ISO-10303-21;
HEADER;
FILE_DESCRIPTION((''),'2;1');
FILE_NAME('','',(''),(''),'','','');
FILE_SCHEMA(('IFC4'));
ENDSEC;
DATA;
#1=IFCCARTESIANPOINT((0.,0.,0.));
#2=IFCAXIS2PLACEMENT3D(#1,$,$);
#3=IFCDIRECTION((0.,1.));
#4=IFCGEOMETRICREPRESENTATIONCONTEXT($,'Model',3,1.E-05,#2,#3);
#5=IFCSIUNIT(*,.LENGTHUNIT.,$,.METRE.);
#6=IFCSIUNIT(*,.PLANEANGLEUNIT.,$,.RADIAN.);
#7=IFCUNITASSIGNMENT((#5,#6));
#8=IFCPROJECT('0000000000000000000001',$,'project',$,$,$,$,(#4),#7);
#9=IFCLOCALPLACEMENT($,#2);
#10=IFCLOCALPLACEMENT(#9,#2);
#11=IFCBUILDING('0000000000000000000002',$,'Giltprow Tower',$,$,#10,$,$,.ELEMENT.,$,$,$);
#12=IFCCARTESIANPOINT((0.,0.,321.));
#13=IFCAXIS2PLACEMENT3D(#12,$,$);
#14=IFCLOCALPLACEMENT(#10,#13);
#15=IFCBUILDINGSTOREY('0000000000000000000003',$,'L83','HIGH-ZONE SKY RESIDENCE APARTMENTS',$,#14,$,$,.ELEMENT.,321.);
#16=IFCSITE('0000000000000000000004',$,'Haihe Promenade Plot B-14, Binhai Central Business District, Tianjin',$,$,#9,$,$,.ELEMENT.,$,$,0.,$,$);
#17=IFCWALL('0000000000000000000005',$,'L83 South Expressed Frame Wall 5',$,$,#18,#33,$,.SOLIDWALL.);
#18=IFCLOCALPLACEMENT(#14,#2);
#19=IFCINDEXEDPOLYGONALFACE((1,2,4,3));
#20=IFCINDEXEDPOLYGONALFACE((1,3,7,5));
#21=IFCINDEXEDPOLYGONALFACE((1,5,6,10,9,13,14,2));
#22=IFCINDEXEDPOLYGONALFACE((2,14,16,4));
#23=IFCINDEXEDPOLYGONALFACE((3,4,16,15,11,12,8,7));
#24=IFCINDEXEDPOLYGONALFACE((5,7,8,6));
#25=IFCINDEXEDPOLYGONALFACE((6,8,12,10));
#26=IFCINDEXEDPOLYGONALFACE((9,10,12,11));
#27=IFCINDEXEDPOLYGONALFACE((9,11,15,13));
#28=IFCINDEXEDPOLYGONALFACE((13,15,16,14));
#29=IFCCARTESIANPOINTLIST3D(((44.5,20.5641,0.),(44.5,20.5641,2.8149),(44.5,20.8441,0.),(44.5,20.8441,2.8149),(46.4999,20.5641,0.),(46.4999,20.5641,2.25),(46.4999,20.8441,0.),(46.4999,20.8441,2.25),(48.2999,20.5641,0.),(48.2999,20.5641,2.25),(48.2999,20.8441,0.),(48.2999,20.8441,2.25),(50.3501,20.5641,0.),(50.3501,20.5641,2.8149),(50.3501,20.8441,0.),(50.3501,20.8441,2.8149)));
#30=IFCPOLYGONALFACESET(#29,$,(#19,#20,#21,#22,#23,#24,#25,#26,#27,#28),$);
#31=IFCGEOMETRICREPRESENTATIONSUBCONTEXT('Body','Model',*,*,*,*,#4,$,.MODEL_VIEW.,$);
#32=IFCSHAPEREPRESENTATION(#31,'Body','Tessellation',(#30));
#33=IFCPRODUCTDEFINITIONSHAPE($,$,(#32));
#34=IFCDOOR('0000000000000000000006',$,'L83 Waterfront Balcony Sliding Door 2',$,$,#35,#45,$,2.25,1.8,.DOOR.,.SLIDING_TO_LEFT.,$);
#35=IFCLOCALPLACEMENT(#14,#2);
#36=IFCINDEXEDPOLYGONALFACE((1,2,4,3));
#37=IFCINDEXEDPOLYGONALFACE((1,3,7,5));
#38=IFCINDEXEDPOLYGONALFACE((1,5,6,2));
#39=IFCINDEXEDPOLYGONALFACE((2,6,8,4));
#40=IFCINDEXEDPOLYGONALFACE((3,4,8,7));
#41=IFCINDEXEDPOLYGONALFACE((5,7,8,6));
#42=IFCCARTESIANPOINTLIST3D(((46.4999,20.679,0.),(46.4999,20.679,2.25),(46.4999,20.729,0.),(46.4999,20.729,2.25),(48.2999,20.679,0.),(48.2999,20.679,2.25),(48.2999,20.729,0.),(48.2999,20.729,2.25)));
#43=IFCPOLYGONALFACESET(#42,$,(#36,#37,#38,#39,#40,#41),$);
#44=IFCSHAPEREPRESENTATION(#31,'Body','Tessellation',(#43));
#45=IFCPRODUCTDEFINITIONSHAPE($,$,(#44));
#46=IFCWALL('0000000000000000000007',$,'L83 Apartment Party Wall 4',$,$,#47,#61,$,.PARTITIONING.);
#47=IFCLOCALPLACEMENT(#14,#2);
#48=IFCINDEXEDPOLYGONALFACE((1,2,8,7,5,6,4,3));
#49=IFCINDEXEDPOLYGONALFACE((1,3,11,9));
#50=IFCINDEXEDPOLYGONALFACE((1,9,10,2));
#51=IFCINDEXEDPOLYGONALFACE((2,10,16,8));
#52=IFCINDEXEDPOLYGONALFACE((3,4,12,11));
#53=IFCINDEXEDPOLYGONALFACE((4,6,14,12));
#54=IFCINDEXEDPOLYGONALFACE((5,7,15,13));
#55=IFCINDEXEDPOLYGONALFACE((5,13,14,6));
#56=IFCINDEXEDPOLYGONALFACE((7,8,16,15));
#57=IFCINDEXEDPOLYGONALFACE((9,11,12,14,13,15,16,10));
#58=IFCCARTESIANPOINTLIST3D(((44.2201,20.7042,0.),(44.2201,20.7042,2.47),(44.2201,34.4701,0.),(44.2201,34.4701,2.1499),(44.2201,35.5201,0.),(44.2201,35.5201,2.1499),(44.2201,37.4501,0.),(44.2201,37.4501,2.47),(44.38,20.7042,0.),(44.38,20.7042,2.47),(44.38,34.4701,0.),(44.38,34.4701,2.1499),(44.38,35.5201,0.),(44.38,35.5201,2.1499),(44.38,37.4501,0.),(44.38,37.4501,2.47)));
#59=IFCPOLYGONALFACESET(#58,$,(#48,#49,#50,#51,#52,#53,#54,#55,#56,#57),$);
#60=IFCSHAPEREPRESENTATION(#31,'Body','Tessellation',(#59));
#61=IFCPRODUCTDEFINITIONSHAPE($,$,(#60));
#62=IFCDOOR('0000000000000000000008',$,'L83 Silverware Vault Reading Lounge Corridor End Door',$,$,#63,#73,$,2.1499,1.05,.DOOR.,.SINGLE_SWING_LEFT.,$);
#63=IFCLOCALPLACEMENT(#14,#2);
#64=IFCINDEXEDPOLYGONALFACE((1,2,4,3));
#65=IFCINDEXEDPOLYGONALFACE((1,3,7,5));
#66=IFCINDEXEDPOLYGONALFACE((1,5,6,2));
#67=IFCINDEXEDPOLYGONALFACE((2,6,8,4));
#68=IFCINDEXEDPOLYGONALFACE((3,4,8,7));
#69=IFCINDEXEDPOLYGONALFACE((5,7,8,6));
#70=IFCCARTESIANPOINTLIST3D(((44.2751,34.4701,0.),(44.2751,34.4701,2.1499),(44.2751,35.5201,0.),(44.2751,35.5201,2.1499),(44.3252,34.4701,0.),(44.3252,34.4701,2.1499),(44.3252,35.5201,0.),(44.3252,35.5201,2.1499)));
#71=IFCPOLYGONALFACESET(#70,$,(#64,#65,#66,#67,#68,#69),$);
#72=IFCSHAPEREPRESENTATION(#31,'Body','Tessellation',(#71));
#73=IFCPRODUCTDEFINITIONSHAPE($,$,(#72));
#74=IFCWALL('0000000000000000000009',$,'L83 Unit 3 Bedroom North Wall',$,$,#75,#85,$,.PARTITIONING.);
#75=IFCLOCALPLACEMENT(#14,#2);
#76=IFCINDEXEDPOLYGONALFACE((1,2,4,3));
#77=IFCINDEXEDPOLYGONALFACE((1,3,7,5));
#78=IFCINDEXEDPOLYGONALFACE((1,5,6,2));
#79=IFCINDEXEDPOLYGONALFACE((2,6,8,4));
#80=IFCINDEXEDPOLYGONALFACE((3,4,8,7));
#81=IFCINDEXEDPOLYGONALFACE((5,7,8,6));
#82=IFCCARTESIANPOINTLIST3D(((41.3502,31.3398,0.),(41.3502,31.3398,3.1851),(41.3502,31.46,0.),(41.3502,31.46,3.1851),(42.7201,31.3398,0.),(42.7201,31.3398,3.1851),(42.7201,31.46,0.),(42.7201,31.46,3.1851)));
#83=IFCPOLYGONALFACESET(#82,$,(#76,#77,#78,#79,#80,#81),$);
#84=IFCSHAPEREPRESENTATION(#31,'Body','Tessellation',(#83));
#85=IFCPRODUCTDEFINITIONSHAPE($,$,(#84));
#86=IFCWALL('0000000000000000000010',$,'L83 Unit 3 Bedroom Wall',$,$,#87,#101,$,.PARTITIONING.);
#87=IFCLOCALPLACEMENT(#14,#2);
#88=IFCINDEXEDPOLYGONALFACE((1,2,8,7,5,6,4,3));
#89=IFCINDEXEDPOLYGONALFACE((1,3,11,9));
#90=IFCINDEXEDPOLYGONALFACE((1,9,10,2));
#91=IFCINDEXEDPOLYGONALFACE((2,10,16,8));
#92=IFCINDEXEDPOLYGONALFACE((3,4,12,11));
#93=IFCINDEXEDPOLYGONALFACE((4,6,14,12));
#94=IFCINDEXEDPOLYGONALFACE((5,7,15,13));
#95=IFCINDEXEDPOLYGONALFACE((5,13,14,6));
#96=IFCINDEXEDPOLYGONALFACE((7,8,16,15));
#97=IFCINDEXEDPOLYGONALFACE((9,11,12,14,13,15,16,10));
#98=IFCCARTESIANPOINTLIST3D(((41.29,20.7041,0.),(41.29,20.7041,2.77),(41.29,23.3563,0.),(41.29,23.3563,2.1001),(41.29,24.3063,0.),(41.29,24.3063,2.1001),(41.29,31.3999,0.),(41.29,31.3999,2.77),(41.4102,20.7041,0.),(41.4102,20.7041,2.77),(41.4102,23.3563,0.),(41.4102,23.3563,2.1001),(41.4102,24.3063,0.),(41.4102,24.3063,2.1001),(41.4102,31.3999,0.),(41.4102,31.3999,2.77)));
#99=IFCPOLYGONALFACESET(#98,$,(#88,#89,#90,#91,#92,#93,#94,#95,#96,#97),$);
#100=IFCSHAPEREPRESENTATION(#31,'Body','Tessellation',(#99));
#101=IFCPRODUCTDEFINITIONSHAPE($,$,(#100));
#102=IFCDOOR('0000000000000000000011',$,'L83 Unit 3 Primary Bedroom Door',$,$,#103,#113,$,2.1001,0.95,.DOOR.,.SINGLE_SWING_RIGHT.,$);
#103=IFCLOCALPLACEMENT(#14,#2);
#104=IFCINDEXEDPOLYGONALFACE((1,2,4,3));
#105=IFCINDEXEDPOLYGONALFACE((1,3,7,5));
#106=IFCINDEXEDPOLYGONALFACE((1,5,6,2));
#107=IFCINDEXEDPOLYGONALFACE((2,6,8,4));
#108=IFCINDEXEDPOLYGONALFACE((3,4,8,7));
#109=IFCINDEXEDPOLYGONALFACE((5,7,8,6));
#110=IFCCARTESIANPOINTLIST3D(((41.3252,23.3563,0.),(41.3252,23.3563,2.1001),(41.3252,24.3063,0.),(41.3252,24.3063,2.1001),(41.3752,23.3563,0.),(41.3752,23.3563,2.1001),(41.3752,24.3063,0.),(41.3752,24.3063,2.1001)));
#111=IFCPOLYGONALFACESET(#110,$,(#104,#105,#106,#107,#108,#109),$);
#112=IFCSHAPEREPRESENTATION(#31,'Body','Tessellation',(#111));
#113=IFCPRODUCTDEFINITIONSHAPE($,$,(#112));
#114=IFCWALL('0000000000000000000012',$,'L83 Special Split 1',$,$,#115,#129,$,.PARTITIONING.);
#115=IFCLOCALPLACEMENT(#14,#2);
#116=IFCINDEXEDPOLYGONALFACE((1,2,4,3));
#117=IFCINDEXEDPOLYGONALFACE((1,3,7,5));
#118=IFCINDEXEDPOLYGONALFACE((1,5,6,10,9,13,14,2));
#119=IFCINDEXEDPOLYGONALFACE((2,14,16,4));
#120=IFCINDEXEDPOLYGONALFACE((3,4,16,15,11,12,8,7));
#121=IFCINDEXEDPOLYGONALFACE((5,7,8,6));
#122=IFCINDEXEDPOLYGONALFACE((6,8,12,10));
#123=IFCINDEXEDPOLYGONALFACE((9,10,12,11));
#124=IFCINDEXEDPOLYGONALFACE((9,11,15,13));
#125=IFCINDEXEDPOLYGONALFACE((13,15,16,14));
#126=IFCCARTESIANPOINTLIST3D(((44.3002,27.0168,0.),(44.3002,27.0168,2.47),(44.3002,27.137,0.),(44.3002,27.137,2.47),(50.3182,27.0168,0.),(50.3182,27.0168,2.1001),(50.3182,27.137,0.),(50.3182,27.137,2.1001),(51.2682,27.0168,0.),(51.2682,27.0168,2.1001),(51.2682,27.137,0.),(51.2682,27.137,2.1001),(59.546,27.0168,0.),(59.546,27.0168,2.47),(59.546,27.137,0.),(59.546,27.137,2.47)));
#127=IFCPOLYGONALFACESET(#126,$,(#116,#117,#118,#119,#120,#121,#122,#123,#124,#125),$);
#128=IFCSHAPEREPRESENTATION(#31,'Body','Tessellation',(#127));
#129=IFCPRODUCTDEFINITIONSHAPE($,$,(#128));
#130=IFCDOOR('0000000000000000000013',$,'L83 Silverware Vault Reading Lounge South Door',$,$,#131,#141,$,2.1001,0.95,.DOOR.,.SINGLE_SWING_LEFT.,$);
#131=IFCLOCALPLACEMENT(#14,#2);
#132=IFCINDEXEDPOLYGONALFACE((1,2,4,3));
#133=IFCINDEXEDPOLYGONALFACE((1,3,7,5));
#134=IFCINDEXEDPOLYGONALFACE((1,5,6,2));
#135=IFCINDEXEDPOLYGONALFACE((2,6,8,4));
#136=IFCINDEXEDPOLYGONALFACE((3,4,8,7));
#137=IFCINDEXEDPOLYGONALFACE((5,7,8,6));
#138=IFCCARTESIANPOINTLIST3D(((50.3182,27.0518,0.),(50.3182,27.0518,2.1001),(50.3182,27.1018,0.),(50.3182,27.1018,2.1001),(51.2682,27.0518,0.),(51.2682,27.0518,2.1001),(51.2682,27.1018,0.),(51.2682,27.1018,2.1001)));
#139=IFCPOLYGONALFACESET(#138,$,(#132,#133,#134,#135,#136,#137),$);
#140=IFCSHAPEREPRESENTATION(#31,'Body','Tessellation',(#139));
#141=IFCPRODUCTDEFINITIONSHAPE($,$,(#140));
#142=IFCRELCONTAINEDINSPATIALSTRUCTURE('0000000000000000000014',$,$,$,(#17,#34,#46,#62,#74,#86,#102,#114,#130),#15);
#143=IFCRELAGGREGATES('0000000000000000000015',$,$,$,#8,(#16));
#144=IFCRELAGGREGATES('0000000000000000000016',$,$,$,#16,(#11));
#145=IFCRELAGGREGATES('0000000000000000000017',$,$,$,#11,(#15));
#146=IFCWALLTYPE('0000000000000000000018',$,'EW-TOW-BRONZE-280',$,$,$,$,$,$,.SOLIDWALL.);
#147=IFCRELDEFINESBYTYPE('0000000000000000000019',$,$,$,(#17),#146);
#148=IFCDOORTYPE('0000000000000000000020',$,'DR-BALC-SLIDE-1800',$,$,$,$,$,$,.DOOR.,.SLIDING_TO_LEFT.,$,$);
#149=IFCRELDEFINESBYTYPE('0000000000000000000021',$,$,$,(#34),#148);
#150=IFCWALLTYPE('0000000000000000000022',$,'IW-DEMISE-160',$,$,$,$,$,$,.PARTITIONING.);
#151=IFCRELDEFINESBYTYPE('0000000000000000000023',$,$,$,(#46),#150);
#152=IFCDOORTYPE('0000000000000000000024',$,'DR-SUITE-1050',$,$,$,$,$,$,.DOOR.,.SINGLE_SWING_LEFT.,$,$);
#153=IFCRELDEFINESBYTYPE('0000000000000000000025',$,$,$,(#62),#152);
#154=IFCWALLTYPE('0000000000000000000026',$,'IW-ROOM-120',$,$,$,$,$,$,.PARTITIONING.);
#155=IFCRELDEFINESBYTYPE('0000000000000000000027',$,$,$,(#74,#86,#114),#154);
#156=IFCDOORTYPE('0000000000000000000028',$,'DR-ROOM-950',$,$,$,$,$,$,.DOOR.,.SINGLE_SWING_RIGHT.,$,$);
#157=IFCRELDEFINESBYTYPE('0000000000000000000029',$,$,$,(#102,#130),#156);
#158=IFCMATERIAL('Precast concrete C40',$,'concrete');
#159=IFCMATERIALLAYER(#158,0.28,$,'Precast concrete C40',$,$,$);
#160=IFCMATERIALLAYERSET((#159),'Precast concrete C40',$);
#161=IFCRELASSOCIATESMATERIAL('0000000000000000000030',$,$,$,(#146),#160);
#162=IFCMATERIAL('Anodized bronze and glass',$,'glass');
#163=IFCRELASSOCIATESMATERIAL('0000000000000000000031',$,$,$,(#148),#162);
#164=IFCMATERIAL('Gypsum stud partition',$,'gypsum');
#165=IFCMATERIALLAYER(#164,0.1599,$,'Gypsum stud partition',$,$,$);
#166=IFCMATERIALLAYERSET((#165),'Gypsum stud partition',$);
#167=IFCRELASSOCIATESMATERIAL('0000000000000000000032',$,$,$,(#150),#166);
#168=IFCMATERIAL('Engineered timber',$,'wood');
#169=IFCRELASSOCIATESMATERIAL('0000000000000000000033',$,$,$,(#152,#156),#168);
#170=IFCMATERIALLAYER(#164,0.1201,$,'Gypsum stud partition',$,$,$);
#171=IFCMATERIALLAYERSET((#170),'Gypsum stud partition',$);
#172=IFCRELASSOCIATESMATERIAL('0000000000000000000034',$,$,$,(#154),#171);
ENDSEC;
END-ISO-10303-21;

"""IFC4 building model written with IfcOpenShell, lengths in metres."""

from ifc_helpers import new_model, si_unit, direction, frame, frame_2d, origin, place, context, subcontext, project, spatial, rectangle, extrude, source, transform, mapped, material, layer, layer_set, type_object, element, fill, save


model = new_model("IFC4")

# Units and contexts
model_context = context("Model", 3, precision=1e-05, world=origin(), true_north=direction((0.0, 1.0)))
body_context = subcontext(model_context, "Body", "Model", "MODEL_VIEW")
ifc_project = project(units=[si_unit("LENGTHUNIT", "METRE"), si_unit("PLANEANGLEUNIT", "RADIAN")], contexts=[model_context])

# Site, building, storey
site_placement = place(None, origin())
site = spatial("IfcSite", under=ifc_project, at=site_placement, Name="Haihe Promenade Plot B-14, Binhai Central Business District, Tianjin", CompositionType="ELEMENT", RefElevation=0.0)
building_placement = place(site_placement, origin())
building = spatial("IfcBuilding", under=site, at=building_placement, Name="Giltprow Tower", CompositionType="ELEMENT")
storey_placement = place(building_placement, frame((0.0, 0.0, 321.0)))
storey = spatial("IfcBuildingStorey", under=building, at=storey_placement, Name="L83", Description="HIGH-ZONE SKY RESIDENCE APARTMENTS", CompositionType="ELEMENT", Elevation=321.0)

# Walls, openings, doors
ifc_material_1 = material(Name="Precast concrete C40", Category="concrete")
ifc_layer_1 = layer(ifc_material_1, 0.28, Name="Precast concrete C40")
ifc_layer_set_1 = layer_set([ifc_layer_1], Name="Precast concrete C40")
wall_type_1 = type_object("IfcWallType", Name="EW-TOW-BRONZE-280", PredefinedType="SOLIDWALL", material=ifc_layer_set_1)
wall_1_placement = place(storey_placement, frame((44.5, 20.7041, 0.0), z_axis=(0.0, 0.0, 1.0), x_axis=(1.0, 0.0, 0.0)))
wall_1 = element("IfcWall", 1, at=wall_1_placement, inside=storey, type_object=wall_type_1, Name="L83 South Expressed Frame Wall 5", PredefinedType="SOLIDWALL", context=body_context, shape_type="SweptSolid", body=[
    extrude(rectangle(XDim=5.8501, YDim=0.28, at=frame_2d((2.925, 0.0))), origin(), (0.0, 0.0, 1.0), 2.8149),
])
opening_1_placement = place(wall_1_placement, frame((2.0, 0.0, 0.0)))
opening_1 = element("IfcOpeningElement", 2, at=opening_1_placement, cuts=wall_1, PredefinedType="OPENING", context=body_context, shape_type="SweptSolid", body=[
    extrude(rectangle(XDim=1.8, YDim=2.25, at=frame_2d((0.8999, 1.125))), frame((0.0, 0.1499, 0.0), z_axis=(0.0, -1.0, 0.0), x_axis=(1.0, 0.0, 0.0)), (0.0, 0.0, 1.0), 0.3),
])
ifc_material_2 = material(Name="Anodized bronze and glass", Category="glass")
door_type_1 = type_object("IfcDoorType", Name="DR-BALC-SLIDE-1800", OperationType="SLIDING_TO_LEFT", PredefinedType="DOOR", material=ifc_material_2)
shared_shape_1 = source(origin(), body_context, "Body", "SweptSolid", [
    extrude(rectangle(XDim=1.8, YDim=2.25, at=frame_2d((0.8999, 1.125))), frame((0.0, 0.0249, 0.0), z_axis=(0.0, -1.0, 0.0), x_axis=(1.0, 0.0, 0.0)), (0.0, 0.0, 1.0), 0.05),
])
door_1_placement = place(opening_1_placement, origin())
door_1 = element("IfcDoor", 3, at=door_1_placement, inside=storey, type_object=door_type_1, Name="L83 Waterfront Balcony Sliding Door 2", OperationType="SLIDING_TO_LEFT", OverallHeight=2.25, OverallWidth=1.8, PredefinedType="DOOR", context=body_context, shape_type="MappedRepresentation", body=[
    mapped(shared_shape_1, transform((0.0, 0.0, 0.0), x_axis=(1.0, 0.0, 0.0), y_axis=(0.0, 1.0, 0.0), z_axis=(0.0, 0.0, 1.0), scale=1.0)),
])
fill(opening_1, door_1)
ifc_material_3 = material(Name="Gypsum stud partition", Category="gypsum")
ifc_layer_2 = layer(ifc_material_3, 0.1599, Name="Gypsum stud partition")
ifc_layer_set_2 = layer_set([ifc_layer_2], Name="Gypsum stud partition")
wall_type_2 = type_object("IfcWallType", Name="IW-DEMISE-160", PredefinedType="PARTITIONING", material=ifc_layer_set_2)
wall_2_placement = place(storey_placement, frame((44.3, 20.7041, 0.0), z_axis=(0.0, 0.0, 1.0), x_axis=(0.0, 1.0, 0.0)))
wall_2 = element("IfcWall", 4, at=wall_2_placement, inside=storey, type_object=wall_type_2, Name="L83 Apartment Party Wall 4", PredefinedType="PARTITIONING", context=body_context, shape_type="SweptSolid", body=[
    extrude(rectangle(XDim=16.7458, YDim=0.1599, at=frame_2d((8.373, 0.0))), origin(), (0.0, 0.0, 1.0), 2.47),
])
opening_2_placement = place(wall_2_placement, frame((13.7661, 0.0, 0.0)))
opening_2 = element("IfcOpeningElement", 5, at=opening_2_placement, cuts=wall_2, PredefinedType="OPENING", context=body_context, shape_type="SweptSolid", body=[
    extrude(rectangle(XDim=1.05, YDim=2.1499, at=frame_2d((0.5249, 1.075))), frame((0.0, 0.0898, 0.0), z_axis=(0.0, -1.0, 0.0), x_axis=(1.0, 0.0, 0.0)), (0.0, 0.0, 1.0), 0.1799),
])
ifc_material_4 = material(Name="Engineered timber", Category="wood")
door_type_2 = type_object("IfcDoorType", Name="DR-SUITE-1050", OperationType="SINGLE_SWING_LEFT", PredefinedType="DOOR", material=ifc_material_4)
shared_shape_2 = source(origin(), body_context, "Body", "SweptSolid", [
    extrude(rectangle(XDim=1.05, YDim=2.1499, at=frame_2d((0.5249, 1.075))), frame((0.0, 0.0249, 0.0), z_axis=(0.0, -1.0, 0.0), x_axis=(1.0, 0.0, 0.0)), (0.0, 0.0, 1.0), 0.05),
])
door_2_placement = place(opening_2_placement, origin())
door_2 = element("IfcDoor", 6, at=door_2_placement, inside=storey, type_object=door_type_2, Name="L83 Silverware Vault Reading Lounge Corridor End Door", OperationType="SINGLE_SWING_LEFT", OverallHeight=2.1499, OverallWidth=1.05, PredefinedType="DOOR", context=body_context, shape_type="MappedRepresentation", body=[
    mapped(shared_shape_2, transform((0.0, 0.0, 0.0), x_axis=(1.0, 0.0, 0.0), y_axis=(0.0, 1.0, 0.0), z_axis=(0.0, 0.0, 1.0), scale=1.0)),
])
fill(opening_2, door_2)

# Wall
ifc_layer_3 = layer(ifc_material_3, 0.1201, Name="Gypsum stud partition")
ifc_layer_set_3 = layer_set([ifc_layer_3], Name="Gypsum stud partition")
wall_type_3 = type_object("IfcWallType", Name="IW-ROOM-120", PredefinedType="PARTITIONING", material=ifc_layer_set_3)
wall_3_placement = place(storey_placement, frame((41.3501, 31.3999, 0.0), z_axis=(0.0, 0.0, 1.0), x_axis=(1.0, 0.0, 0.0)))
element("IfcWall", 7, at=wall_3_placement, inside=storey, type_object=wall_type_3, Name="L83 Unit 3 Bedroom North Wall", PredefinedType="PARTITIONING", context=body_context, shape_type="SweptSolid", body=[
    extrude(rectangle(XDim=1.3699, YDim=0.1201, at=frame_2d((0.6851, 0.0))), origin(), (0.0, 0.0, 1.0), 3.1851),
])

# Walls, openings, doors
wall_4_placement = place(storey_placement, frame((41.3501, 20.7041, 0.0), z_axis=(0.0, 0.0, 1.0), x_axis=(0.0, 1.0, 0.0)))
wall_4 = element("IfcWall", 8, at=wall_4_placement, inside=storey, type_object=wall_type_3, Name="L83 Unit 3 Bedroom Wall", PredefinedType="PARTITIONING", context=body_context, shape_type="SweptSolid", body=[
    extrude(rectangle(XDim=10.6958, YDim=0.1201, at=frame_2d((5.3479, 0.0))), origin(), (0.0, 0.0, 1.0), 2.77),
])
opening_3_placement = place(wall_4_placement, frame((2.6521, 0.0, 0.0)))
opening_3 = element("IfcOpeningElement", 9, at=opening_3_placement, cuts=wall_4, PredefinedType="OPENING", context=body_context, shape_type="SweptSolid", body=[
    extrude(rectangle(XDim=0.95, YDim=2.1001, at=frame_2d((0.4751, 1.05))), frame((0.0, 0.0701, 0.0), z_axis=(0.0, -1.0, 0.0), x_axis=(1.0, 0.0, 0.0)), (0.0, 0.0, 1.0), 0.1401),
])
door_type_3 = type_object("IfcDoorType", Name="DR-ROOM-950", OperationType="SINGLE_SWING_RIGHT", PredefinedType="DOOR", material=ifc_material_4)
shared_shape_3 = source(origin(), body_context, "Body", "SweptSolid", [
    extrude(rectangle(XDim=0.95, YDim=2.1001, at=frame_2d((0.4751, 1.05))), frame((0.0, 0.0249, 0.0), z_axis=(0.0, -1.0, 0.0), x_axis=(1.0, 0.0, 0.0)), (0.0, 0.0, 1.0), 0.05),
])
door_3_placement = place(opening_3_placement, origin())
door_3 = element("IfcDoor", 10, at=door_3_placement, inside=storey, type_object=door_type_3, Name="L83 Unit 3 Primary Bedroom Door", OperationType="SINGLE_SWING_RIGHT", OverallHeight=2.1001, OverallWidth=0.95, PredefinedType="DOOR", context=body_context, shape_type="MappedRepresentation", body=[
    mapped(shared_shape_3, transform((0.0, 0.0, 0.0), x_axis=(1.0, 0.0, 0.0), y_axis=(0.0, 1.0, 0.0), z_axis=(0.0, 0.0, 1.0), scale=1.0)),
])
fill(opening_3, door_3)
wall_5_placement = place(storey_placement, frame((44.3, 27.0769, 0.0), z_axis=(0.0, 0.0, 1.0), x_axis=(1.0, 0.0, 0.0)))
wall_5 = element("IfcWall", 11, at=wall_5_placement, inside=storey, type_object=wall_type_3, Name="L83 Special Split 1", PredefinedType="PARTITIONING", context=body_context, shape_type="SweptSolid", body=[
    extrude(rectangle(XDim=15.2458, YDim=0.1201, at=frame_2d((7.623, 0.0))), origin(), (0.0, 0.0, 1.0), 2.47),
])
opening_4_placement = place(wall_5_placement, frame((6.0181, 0.0, 0.0)))
opening_4 = element("IfcOpeningElement", 12, at=opening_4_placement, cuts=wall_5, PredefinedType="OPENING", context=body_context, shape_type="SweptSolid", body=[
    extrude(rectangle(XDim=0.95, YDim=2.1001, at=frame_2d((0.4751, 1.05))), frame((0.0, 0.0701, 0.0), z_axis=(0.0, -1.0, 0.0), x_axis=(1.0, 0.0, 0.0)), (0.0, 0.0, 1.0), 0.1401),
])
door_4_placement = place(opening_4_placement, origin())
door_4 = element("IfcDoor", 13, at=door_4_placement, inside=storey, type_object=door_type_3, Name="L83 Silverware Vault Reading Lounge South Door", OperationType="SINGLE_SWING_LEFT", OverallHeight=2.1001, OverallWidth=0.95, PredefinedType="DOOR", context=body_context, shape_type="MappedRepresentation", body=[
    mapped(shared_shape_3, transform((0.0, 0.0, 0.0), x_axis=(1.0, 0.0, 0.0), y_axis=(0.0, 1.0, 0.0), z_axis=(0.0, 0.0, 1.0), scale=1.0)),
])
fill(opening_4, door_4)

save(model, "model.ifc")
